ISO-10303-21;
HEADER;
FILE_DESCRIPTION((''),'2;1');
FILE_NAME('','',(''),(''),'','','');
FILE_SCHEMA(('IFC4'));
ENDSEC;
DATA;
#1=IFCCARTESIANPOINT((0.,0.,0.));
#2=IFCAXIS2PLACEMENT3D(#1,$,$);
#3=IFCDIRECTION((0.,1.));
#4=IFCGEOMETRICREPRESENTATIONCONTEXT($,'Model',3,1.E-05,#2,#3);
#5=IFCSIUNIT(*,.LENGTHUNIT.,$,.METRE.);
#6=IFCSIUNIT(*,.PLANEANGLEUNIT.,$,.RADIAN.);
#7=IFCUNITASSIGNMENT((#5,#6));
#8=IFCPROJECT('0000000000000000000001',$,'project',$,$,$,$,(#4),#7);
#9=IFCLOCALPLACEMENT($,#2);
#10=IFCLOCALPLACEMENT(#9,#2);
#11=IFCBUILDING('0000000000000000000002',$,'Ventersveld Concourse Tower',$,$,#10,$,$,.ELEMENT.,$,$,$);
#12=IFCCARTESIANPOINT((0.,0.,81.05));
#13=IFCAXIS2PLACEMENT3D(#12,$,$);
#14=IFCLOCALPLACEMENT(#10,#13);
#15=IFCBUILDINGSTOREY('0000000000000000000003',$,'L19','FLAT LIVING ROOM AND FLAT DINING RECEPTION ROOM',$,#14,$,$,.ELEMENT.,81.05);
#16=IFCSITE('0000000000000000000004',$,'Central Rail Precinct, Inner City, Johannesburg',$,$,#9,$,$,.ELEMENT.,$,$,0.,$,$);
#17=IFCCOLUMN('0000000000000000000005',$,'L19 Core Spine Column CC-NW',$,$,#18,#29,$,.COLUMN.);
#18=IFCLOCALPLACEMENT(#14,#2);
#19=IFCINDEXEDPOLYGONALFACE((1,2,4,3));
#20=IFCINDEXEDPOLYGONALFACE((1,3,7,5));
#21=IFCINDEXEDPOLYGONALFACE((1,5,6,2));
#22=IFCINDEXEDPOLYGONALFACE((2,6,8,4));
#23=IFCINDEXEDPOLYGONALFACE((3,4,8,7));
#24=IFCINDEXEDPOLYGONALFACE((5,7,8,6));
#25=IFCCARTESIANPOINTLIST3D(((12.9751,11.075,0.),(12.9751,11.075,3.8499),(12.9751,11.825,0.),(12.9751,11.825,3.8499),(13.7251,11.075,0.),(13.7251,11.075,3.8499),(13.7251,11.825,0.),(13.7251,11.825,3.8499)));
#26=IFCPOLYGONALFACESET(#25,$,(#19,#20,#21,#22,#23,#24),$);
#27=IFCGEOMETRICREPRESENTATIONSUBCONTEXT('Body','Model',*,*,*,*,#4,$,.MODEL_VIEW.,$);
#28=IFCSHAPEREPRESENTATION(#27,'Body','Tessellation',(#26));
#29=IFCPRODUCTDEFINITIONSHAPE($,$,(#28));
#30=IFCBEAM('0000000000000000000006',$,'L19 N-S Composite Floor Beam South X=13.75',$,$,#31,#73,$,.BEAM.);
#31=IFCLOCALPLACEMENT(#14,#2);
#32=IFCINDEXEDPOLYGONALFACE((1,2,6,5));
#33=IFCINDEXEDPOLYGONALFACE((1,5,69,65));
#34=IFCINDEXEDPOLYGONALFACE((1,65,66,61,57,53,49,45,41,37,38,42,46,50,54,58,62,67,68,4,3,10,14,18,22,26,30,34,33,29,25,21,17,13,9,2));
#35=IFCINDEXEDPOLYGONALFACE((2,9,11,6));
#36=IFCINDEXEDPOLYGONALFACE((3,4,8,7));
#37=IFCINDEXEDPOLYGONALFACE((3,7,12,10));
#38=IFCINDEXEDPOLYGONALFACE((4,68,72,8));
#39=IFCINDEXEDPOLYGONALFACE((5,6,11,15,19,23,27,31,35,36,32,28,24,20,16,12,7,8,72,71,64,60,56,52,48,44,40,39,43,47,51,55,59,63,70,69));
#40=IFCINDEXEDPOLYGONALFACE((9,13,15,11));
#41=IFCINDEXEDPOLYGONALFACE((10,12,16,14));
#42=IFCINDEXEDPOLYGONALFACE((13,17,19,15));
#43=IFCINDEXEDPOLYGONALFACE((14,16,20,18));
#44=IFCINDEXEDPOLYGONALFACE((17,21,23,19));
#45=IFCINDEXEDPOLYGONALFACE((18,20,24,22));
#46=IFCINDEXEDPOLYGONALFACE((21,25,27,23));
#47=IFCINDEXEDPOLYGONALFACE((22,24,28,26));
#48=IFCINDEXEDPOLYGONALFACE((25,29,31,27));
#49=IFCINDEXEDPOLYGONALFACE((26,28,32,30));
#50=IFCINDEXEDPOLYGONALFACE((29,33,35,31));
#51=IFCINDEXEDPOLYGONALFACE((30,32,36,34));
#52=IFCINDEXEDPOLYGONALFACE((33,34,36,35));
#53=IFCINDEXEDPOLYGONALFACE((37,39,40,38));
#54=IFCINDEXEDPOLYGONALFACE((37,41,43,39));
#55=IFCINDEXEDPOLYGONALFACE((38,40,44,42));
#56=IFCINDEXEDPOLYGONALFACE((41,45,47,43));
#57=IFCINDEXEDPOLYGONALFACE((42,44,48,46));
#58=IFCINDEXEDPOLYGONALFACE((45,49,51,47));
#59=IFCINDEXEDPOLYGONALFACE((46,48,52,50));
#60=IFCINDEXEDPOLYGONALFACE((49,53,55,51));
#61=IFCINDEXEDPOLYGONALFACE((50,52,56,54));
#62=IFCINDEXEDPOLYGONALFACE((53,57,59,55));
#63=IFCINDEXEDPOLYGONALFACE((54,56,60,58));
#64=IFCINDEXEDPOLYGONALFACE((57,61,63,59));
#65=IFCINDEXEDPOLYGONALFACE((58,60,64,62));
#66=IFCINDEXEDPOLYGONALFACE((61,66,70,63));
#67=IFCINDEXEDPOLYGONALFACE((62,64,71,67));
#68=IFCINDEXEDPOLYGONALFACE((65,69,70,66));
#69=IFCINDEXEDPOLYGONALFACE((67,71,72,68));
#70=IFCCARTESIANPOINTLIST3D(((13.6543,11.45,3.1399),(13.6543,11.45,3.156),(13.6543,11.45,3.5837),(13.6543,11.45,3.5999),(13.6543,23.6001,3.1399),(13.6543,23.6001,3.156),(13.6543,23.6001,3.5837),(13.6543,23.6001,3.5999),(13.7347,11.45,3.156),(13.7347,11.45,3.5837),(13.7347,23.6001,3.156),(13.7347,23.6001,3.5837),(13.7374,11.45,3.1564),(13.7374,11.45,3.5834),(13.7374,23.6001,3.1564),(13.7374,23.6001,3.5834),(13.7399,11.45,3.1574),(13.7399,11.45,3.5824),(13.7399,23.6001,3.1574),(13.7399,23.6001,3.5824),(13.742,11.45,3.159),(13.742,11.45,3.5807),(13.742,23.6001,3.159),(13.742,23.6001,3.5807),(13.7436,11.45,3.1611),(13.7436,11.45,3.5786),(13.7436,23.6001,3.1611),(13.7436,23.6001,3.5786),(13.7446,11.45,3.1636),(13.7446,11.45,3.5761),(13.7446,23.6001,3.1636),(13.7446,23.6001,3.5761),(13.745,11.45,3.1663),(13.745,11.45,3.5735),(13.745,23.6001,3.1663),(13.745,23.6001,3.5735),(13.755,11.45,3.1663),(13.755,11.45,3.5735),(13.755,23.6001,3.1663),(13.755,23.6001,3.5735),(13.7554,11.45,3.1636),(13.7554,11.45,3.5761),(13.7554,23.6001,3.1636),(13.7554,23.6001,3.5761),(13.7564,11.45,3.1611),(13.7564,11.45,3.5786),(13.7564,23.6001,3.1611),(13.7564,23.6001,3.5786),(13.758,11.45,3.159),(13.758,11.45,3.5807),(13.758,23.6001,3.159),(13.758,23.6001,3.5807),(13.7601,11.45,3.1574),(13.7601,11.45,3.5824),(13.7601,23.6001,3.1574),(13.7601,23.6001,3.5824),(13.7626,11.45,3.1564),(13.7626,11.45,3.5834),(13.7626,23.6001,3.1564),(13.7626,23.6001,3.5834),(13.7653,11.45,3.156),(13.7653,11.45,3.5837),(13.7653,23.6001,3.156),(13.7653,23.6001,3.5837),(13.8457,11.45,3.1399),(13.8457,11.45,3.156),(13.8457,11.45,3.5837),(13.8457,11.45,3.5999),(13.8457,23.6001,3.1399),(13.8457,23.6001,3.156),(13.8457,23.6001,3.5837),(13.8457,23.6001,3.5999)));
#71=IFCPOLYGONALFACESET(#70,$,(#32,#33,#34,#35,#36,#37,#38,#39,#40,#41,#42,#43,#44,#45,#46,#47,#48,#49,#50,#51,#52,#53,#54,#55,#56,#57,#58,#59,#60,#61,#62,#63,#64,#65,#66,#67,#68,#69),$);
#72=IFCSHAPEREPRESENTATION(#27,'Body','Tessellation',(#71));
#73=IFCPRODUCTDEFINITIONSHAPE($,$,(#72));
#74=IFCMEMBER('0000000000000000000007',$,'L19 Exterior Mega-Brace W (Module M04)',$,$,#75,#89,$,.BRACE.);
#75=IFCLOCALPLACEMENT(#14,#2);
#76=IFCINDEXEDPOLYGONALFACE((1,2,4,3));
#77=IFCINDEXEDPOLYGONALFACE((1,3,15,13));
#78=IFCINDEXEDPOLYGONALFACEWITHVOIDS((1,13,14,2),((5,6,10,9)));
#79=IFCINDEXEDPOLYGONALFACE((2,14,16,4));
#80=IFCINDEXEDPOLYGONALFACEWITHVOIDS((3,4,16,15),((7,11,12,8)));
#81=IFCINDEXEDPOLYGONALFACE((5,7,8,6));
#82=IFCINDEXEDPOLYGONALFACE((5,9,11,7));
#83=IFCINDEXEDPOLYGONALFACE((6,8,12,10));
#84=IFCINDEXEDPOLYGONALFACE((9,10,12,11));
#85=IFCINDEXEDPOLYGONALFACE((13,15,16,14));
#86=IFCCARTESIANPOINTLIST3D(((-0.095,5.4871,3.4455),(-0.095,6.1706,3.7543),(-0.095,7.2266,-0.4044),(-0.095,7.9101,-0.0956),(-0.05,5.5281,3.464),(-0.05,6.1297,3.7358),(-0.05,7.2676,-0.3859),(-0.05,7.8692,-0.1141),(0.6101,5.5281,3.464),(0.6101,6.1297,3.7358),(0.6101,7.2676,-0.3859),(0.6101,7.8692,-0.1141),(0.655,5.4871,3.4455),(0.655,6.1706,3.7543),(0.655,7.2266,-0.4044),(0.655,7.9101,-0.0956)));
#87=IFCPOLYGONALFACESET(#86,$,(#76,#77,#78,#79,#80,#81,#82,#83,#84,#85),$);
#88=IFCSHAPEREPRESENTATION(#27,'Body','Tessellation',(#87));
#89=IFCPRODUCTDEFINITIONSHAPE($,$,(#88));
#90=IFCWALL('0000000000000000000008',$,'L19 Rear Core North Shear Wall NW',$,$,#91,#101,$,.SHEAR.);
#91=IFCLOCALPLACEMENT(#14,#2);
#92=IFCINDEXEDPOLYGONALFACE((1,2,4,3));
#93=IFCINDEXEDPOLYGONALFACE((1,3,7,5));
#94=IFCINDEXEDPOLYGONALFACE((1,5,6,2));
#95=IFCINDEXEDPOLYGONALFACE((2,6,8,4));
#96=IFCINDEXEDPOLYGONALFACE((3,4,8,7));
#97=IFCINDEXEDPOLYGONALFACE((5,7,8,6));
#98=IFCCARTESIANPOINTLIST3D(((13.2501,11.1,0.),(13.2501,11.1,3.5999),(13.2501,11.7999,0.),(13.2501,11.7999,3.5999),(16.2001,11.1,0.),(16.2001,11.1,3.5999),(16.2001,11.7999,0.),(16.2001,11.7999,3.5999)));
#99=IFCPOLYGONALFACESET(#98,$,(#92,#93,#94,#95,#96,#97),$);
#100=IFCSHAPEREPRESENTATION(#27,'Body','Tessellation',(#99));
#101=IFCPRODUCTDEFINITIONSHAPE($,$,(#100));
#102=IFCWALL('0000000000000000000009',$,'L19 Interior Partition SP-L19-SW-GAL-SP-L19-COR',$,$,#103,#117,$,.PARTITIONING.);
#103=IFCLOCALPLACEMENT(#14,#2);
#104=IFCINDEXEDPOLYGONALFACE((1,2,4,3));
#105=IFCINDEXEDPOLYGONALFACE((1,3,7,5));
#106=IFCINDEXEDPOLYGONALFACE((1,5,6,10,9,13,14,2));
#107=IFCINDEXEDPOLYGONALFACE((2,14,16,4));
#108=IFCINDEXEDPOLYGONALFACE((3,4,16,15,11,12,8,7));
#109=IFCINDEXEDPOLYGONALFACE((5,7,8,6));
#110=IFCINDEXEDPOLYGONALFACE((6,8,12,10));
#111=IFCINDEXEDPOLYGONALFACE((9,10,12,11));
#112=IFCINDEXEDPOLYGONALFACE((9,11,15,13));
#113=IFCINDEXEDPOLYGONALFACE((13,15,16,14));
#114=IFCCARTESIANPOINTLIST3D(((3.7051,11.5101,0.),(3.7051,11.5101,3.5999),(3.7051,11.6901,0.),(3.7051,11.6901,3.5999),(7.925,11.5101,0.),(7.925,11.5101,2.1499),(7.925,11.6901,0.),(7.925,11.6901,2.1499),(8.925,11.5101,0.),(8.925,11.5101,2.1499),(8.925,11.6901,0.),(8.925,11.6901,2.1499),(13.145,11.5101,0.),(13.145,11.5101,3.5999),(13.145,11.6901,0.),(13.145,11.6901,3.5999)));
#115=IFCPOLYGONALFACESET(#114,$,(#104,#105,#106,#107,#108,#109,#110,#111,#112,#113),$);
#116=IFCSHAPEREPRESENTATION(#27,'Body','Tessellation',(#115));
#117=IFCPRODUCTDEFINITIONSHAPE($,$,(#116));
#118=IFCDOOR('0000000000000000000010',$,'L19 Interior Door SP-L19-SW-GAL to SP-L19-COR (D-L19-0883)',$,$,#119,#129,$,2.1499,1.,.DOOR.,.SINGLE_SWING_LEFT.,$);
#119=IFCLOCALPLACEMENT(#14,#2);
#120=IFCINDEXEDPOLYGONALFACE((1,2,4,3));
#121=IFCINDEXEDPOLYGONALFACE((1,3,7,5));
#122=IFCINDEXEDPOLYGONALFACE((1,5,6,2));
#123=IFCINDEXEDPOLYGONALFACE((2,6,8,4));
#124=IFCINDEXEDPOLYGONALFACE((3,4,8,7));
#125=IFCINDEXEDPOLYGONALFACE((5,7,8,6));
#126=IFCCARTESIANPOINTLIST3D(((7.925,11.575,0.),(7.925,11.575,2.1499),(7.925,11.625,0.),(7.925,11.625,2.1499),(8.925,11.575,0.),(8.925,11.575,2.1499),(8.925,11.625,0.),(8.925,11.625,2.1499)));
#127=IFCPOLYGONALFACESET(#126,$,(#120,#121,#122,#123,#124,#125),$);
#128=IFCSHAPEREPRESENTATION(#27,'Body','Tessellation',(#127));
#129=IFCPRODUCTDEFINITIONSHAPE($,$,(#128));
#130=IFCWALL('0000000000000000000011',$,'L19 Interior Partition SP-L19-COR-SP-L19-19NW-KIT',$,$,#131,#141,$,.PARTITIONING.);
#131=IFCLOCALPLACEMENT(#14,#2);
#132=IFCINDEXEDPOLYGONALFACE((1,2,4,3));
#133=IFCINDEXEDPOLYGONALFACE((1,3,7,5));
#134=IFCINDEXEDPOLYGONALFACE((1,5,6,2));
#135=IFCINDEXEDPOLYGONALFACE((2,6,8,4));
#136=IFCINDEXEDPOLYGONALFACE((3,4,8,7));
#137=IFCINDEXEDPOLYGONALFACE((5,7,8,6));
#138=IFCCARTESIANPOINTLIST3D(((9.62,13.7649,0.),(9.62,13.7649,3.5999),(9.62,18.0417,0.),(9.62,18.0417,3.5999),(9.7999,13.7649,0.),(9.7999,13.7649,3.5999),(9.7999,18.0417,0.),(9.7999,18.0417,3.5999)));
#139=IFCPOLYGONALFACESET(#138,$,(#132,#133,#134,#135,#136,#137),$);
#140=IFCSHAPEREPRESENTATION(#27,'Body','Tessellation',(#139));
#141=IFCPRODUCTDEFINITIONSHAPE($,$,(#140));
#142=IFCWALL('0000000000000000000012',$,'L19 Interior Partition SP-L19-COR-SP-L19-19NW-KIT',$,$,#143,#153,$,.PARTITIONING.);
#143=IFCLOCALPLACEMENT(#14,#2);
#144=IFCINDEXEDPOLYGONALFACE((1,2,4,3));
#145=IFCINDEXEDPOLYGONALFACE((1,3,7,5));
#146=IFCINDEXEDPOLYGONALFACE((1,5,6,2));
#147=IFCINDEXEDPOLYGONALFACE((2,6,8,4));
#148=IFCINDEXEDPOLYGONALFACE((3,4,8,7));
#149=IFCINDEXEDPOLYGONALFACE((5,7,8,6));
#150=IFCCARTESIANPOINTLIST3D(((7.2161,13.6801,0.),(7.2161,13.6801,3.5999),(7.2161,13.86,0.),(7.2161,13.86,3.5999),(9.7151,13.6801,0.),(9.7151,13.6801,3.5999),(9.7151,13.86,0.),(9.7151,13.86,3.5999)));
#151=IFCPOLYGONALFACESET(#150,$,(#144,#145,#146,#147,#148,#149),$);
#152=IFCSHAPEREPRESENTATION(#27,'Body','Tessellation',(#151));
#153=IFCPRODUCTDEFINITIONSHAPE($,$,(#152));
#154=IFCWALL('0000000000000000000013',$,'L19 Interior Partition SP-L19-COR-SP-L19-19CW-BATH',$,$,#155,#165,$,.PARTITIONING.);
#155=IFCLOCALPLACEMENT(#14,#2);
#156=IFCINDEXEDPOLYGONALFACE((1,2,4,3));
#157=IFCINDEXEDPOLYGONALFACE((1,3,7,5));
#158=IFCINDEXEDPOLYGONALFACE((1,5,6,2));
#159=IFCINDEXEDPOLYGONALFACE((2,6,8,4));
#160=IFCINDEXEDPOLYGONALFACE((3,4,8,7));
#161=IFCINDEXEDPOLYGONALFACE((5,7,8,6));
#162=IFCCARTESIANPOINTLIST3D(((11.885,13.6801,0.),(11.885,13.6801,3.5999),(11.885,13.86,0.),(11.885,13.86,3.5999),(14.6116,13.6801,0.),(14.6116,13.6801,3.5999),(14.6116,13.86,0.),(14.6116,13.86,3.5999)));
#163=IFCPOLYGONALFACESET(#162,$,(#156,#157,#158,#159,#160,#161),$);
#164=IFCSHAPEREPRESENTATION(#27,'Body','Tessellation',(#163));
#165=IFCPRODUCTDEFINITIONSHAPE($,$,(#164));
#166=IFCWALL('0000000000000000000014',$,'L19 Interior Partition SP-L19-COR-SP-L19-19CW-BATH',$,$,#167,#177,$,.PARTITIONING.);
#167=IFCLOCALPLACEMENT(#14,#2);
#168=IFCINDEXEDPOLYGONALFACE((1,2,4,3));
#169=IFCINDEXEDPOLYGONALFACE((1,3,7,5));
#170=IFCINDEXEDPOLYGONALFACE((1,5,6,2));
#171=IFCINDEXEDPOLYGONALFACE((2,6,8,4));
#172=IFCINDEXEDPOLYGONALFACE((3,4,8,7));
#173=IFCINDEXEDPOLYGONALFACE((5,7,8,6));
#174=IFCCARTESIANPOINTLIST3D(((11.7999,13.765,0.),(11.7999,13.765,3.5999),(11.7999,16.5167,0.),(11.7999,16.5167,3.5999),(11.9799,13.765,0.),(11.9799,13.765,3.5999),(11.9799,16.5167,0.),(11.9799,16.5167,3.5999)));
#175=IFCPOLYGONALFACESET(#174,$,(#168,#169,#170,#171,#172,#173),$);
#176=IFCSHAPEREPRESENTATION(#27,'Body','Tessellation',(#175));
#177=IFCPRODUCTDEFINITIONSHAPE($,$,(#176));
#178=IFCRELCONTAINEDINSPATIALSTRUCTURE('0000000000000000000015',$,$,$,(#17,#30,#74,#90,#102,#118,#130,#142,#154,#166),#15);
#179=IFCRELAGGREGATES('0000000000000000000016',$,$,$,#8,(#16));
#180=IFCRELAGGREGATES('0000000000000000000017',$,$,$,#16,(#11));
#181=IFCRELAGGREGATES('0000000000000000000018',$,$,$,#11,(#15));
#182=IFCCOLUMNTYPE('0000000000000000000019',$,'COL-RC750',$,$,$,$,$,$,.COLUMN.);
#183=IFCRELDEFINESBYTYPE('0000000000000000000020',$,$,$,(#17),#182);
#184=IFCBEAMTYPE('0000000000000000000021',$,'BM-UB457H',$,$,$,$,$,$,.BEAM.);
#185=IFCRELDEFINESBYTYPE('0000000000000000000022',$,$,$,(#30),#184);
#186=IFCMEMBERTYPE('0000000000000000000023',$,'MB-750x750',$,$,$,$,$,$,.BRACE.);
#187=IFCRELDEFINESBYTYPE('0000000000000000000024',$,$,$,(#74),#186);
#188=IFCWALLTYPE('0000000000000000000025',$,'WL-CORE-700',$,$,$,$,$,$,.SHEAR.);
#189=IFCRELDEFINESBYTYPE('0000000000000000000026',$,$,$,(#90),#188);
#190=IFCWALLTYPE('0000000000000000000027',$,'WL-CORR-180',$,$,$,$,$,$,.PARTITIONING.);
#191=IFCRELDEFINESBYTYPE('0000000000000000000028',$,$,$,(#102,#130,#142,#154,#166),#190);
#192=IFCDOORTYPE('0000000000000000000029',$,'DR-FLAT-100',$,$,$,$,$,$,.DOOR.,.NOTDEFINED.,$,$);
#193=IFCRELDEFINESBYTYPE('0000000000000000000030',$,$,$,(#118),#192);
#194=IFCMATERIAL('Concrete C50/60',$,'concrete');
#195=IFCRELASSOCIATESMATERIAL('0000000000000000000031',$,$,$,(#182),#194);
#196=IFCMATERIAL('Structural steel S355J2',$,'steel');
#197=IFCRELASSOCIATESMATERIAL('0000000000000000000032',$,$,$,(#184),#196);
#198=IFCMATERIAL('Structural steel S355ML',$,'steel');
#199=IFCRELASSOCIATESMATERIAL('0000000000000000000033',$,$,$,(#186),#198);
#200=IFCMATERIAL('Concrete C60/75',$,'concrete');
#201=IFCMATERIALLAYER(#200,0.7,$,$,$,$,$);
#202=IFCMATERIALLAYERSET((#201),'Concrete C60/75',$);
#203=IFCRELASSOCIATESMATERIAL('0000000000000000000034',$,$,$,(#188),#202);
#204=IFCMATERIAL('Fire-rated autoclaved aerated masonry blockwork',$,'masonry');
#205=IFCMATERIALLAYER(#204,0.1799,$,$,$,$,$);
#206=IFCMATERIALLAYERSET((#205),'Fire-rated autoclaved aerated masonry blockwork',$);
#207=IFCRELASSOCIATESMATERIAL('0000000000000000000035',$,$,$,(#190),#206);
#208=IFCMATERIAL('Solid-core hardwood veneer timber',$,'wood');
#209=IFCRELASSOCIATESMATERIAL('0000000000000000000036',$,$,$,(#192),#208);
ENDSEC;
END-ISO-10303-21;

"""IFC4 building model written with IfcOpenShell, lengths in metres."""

from ifc_helpers import new_model, si_unit, direction, frame, frame_2d, origin, origin_2d, place, context, subcontext, project, spatial, rectangle, hollow_rectangle, i_section, extrude, material, layer, layer_set, material_profile, profile_set, type_object, element, fill, save


model = new_model("IFC4")

# Units and contexts
model_context = context("Model", 3, precision=1e-05, world=origin(), true_north=direction((0.0, 1.0)))
body_context = subcontext(model_context, "Body", "Model", "MODEL_VIEW")
ifc_project = project(units=[si_unit("LENGTHUNIT", "METRE"), si_unit("PLANEANGLEUNIT", "RADIAN")], contexts=[model_context])

# Site, building, storey
site_placement = place(None, origin())
site = spatial("IfcSite", under=ifc_project, at=site_placement, Name="Central Rail Precinct, Inner City, Johannesburg", CompositionType="ELEMENT", RefElevation=0.0)
building_placement = place(site_placement, origin())
building = spatial("IfcBuilding", under=site, at=building_placement, Name="Ventersveld Concourse Tower", CompositionType="ELEMENT")
storey_placement = place(building_placement, frame((0.0, 0.0, 81.05)))
storey = spatial("IfcBuildingStorey", under=building, at=storey_placement, Name="L19", Description="FLAT LIVING ROOM AND FLAT DINING RECEPTION ROOM", CompositionType="ELEMENT", Elevation=81.05)

# Column
ifc_material_1 = material(Name="Concrete C50/60", Category="concrete")
ifc_material_profile_1 = material_profile(ifc_material_1, rectangle(XDim=0.75, YDim=0.75, at=origin_2d()), Name="RC 750x750")
ifc_profile_set_1 = profile_set([ifc_material_profile_1], Name="Concrete C50/60")
column_type = type_object("IfcColumnType", Name="COL-RC750", PredefinedType="COLUMN", material=ifc_profile_set_1)
column_placement = place(storey_placement, frame((13.3501, 11.45, 0.0), z_axis=(0.0, 0.0, 1.0), x_axis=(1.0, 0.0, 0.0)))
element("IfcColumn", 1, at=column_placement, inside=storey, type_object=column_type, Name="L19 Core Spine Column CC-NW", PredefinedType="COLUMN", context=body_context, shape_type="SweptSolid", body=[
    extrude(rectangle(XDim=0.75, YDim=0.75, at=origin_2d()), origin(), (0.0, 0.0, 1.0), 3.8499),
])

# Beam
ifc_material_2 = material(Name="Structural steel S355J2", Category="steel")
ifc_material_profile_2 = material_profile(ifc_material_2, i_section(OverallWidth=0.1914, OverallDepth=0.46, WebThickness=0.01, FlangeThickness=0.0161, FilletRadius=0.0103, at=origin_2d()), Name="UB 457x191x82")
ifc_profile_set_2 = profile_set([ifc_material_profile_2], Name="Structural steel S355J2")
beam_type = type_object("IfcBeamType", Name="BM-UB457H", PredefinedType="BEAM", material=ifc_profile_set_2)
beam_placement = place(storey_placement, frame((13.75, 11.45, 3.3699), z_axis=(0.0, 1.0, 0.0), x_axis=(-1.0, 0.0, 0.0)))
element("IfcBeam", 2, at=beam_placement, inside=storey, type_object=beam_type, Name="L19 N-S Composite Floor Beam South X=13.75", PredefinedType="BEAM", context=body_context, shape_type="SweptSolid", body=[
    extrude(i_section(OverallWidth=0.1914, OverallDepth=0.46, WebThickness=0.01, FlangeThickness=0.0161, FilletRadius=0.0103, at=origin_2d()), origin(), (0.0, 0.0, 1.0), 12.1501),
])

# Member
ifc_material_3 = material(Name="Structural steel S355ML", Category="steel")
ifc_material_profile_3 = material_profile(ifc_material_3, hollow_rectangle(XDim=0.75, YDim=0.75, WallThickness=0.0449, at=origin_2d()), Name="BOX 750x750x45")
ifc_profile_set_3 = profile_set([ifc_material_profile_3], Name="Structural steel S355ML")
member_type = type_object("IfcMemberType", Name="MB-750x750", PredefinedType="BRACE", material=ifc_profile_set_3)
member_placement = place(storey_placement, frame((0.28, 7.5684, -0.25), z_axis=(0.0, -0.411755, 0.911294), x_axis=(1.0, 0.0, 0.0)))
element("IfcMember", 3, at=member_placement, inside=storey, type_object=member_type, Name="L19 Exterior Mega-Brace W (Module M04)", PredefinedType="BRACE", context=body_context, shape_type="SweptSolid", body=[
    extrude(hollow_rectangle(XDim=0.75, YDim=0.75, WallThickness=0.0449, at=origin_2d()), origin(), (0.0, 0.0, 1.0), 4.2246),
])

# Wall
ifc_material_4 = material(Name="Concrete C60/75", Category="concrete")
ifc_layer_1 = layer(ifc_material_4, 0.7)
ifc_layer_set_1 = layer_set([ifc_layer_1], Name="Concrete C60/75")
wall_type_1 = type_object("IfcWallType", Name="WL-CORE-700", PredefinedType="SHEAR", material=ifc_layer_set_1)
wall_1_placement = place(storey_placement, frame((13.25, 11.45, 0.0), z_axis=(0.0, 0.0, 1.0), x_axis=(1.0, 0.0, 0.0)))
element("IfcWall", 4, at=wall_1_placement, inside=storey, type_object=wall_type_1, Name="L19 Rear Core North Shear Wall NW", PredefinedType="SHEAR", context=body_context, shape_type="SweptSolid", body=[
    extrude(rectangle(XDim=2.95, YDim=0.7, at=frame_2d((1.4751, 0.0))), origin(), (0.0, 0.0, 1.0), 3.5999),
])

# Wall, opening, door
ifc_material_5 = material(Name="Fire-rated autoclaved aerated masonry blockwork", Category="masonry")
ifc_layer_2 = layer(ifc_material_5, 0.1799)
ifc_layer_set_2 = layer_set([ifc_layer_2], Name="Fire-rated autoclaved aerated masonry blockwork")
wall_type_2 = type_object("IfcWallType", Name="WL-CORR-180", PredefinedType="PARTITIONING", material=ifc_layer_set_2)
wall_2_placement = place(storey_placement, frame((3.7051, 11.6001, 0.0), z_axis=(0.0, 0.0, 1.0), x_axis=(1.0, 0.0, 0.0)))
wall_2 = element("IfcWall", 5, at=wall_2_placement, inside=storey, type_object=wall_type_2, Name="L19 Interior Partition SP-L19-SW-GAL-SP-L19-COR", PredefinedType="PARTITIONING", context=body_context, shape_type="SweptSolid", body=[
    extrude(rectangle(XDim=9.4399, YDim=0.1799, at=frame_2d((4.72, 0.0))), origin(), (0.0, 0.0, 1.0), 3.5999),
])
opening_1_placement = place(wall_2_placement, frame((4.22, 0.0, 0.0)))
opening_1 = element("IfcOpeningElement", 6, at=opening_1_placement, cuts=wall_2, PredefinedType="OPENING", context=body_context, shape_type="SweptSolid", body=[
    extrude(rectangle(XDim=1.0, YDim=2.1499, at=frame_2d((0.5, 1.075))), frame((0.0, 0.1001, 0.0), z_axis=(0.0, -1.0, 0.0), x_axis=(1.0, 0.0, 0.0)), (0.0, 0.0, 1.0), 0.2),
])
ifc_material_6 = material(Name="Solid-core hardwood veneer timber", Category="wood")
door_type_1 = type_object("IfcDoorType", Name="DR-FLAT-100", OperationType="NOTDEFINED", PredefinedType="DOOR", material=ifc_material_6)
door_1_placement = place(opening_1_placement, origin())
door_1 = element("IfcDoor", 7, at=door_1_placement, inside=storey, type_object=door_type_1, Name="L19 Interior Door SP-L19-SW-GAL to SP-L19-COR (D-L19-0883)", OperationType="SINGLE_SWING_LEFT", OverallHeight=2.1499, OverallWidth=1.0, PredefinedType="DOOR", context=body_context, shape_type="SweptSolid", body=[
    extrude(rectangle(XDim=1.0, YDim=2.1499, at=frame_2d((0.5, 1.075))), frame((0.0, 0.0249, 0.0), z_axis=(0.0, -1.0, 0.0), x_axis=(1.0, 0.0, 0.0)), (0.0, 0.0, 1.0), 0.05),
])
fill(opening_1, door_1)

# Walls
wall_3_placement = place(storey_placement, frame((9.71, 13.7649, 0.0), z_axis=(0.0, 0.0, 1.0), x_axis=(0.0, 1.0, 0.0)))
element("IfcWall", 8, at=wall_3_placement, inside=storey, type_object=wall_type_2, Name="L19 Interior Partition SP-L19-COR-SP-L19-19NW-KIT", PredefinedType="PARTITIONING", context=body_context, shape_type="SweptSolid", body=[
    extrude(rectangle(XDim=4.2769, YDim=0.1799, at=frame_2d((2.1384, 0.0))), origin(), (0.0, 0.0, 1.0), 3.5999),
])
wall_4_placement = place(storey_placement, frame((7.2161, 13.77, 0.0), z_axis=(0.0, 0.0, 1.0), x_axis=(1.0, 0.0, 0.0)))
element("IfcWall", 9, at=wall_4_placement, inside=storey, type_object=wall_type_2, Name="L19 Interior Partition SP-L19-COR-SP-L19-19NW-KIT", PredefinedType="PARTITIONING", context=body_context, shape_type="SweptSolid", body=[
    extrude(rectangle(XDim=2.499, YDim=0.1799, at=frame_2d((1.2495, 0.0))), origin(), (0.0, 0.0, 1.0), 3.5999),
])

# Walls
wall_5_placement = place(storey_placement, frame((11.885, 13.77, 0.0), z_axis=(0.0, 0.0, 1.0), x_axis=(1.0, 0.0, 0.0)))
element("IfcWall", 10, at=wall_5_placement, inside=storey, type_object=wall_type_2, Name="L19 Interior Partition SP-L19-COR-SP-L19-19CW-BATH", PredefinedType="PARTITIONING", context=body_context, shape_type="SweptSolid", body=[
    extrude(rectangle(XDim=2.7266, YDim=0.1799, at=frame_2d((1.3633, 0.0))), origin(), (0.0, 0.0, 1.0), 3.5999),
])
wall_6_placement = place(storey_placement, frame((11.8899, 13.7649, 0.0), z_axis=(0.0, 0.0, 1.0), x_axis=(0.0, 1.0, 0.0)))
element("IfcWall", 11, at=wall_6_placement, inside=storey, type_object=wall_type_2, Name="L19 Interior Partition SP-L19-COR-SP-L19-19CW-BATH", PredefinedType="PARTITIONING", context=body_context, shape_type="SweptSolid", body=[
    extrude(rectangle(XDim=2.7517, YDim=0.1799, at=frame_2d((1.376, 0.0))), origin(), (0.0, 0.0, 1.0), 3.5999),
])

save(model, "model.ifc")
